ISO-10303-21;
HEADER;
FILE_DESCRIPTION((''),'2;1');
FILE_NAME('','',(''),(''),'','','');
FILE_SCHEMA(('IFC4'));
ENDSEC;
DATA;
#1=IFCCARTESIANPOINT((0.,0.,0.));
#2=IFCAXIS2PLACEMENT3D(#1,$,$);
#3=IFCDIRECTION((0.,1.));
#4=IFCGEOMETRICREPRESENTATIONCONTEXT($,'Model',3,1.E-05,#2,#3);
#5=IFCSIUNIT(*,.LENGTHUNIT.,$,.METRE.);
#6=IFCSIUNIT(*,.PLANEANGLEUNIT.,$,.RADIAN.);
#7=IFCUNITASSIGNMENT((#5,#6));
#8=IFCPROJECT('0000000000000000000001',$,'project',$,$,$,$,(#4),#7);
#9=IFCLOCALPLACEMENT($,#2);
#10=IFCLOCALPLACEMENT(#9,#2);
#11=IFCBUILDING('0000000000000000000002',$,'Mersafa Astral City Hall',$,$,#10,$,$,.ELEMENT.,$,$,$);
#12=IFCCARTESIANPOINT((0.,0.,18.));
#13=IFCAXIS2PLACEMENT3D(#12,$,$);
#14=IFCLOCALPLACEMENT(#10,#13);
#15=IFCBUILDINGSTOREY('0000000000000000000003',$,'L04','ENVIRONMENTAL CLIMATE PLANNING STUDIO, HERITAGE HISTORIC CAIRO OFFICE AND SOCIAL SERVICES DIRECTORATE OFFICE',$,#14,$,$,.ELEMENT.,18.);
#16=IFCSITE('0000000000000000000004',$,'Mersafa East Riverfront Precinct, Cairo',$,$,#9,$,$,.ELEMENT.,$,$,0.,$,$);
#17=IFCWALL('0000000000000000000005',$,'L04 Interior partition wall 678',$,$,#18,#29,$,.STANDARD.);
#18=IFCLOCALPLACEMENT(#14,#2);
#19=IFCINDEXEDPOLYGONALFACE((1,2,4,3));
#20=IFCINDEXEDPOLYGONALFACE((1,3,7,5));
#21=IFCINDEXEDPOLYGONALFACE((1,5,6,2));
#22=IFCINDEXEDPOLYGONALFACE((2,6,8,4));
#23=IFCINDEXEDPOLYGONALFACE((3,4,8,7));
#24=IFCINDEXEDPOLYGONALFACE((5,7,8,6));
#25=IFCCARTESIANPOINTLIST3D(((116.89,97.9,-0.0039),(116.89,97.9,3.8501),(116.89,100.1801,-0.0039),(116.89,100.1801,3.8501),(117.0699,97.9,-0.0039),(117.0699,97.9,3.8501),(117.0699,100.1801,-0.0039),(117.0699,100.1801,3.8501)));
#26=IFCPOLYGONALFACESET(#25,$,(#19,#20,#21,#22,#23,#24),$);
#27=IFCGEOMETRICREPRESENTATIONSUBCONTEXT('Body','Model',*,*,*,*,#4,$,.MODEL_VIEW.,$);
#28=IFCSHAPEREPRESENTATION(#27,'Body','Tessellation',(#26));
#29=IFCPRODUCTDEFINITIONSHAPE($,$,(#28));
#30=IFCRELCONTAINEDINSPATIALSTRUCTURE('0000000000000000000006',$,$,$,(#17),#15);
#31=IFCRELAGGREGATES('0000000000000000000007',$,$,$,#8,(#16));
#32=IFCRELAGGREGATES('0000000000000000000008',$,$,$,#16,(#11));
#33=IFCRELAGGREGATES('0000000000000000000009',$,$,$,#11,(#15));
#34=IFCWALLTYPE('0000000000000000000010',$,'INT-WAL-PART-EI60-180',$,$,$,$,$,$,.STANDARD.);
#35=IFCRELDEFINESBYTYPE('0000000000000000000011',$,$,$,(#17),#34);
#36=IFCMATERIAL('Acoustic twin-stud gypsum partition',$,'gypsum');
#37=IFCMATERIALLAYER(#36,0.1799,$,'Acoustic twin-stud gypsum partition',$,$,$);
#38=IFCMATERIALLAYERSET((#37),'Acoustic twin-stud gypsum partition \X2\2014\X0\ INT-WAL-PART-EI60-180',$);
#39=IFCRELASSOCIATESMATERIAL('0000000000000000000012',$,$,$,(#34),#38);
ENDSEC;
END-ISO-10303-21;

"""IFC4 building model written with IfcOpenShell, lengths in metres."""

from ifc_helpers import new_model, si_unit, direction, frame, frame_2d, origin, place, context, subcontext, project, spatial, rectangle, extrude, material, layer, layer_set, type_object, element, save


model = new_model("IFC4")

# Units and contexts
model_context = context("Model", 3, precision=1e-05, world=origin(), true_north=direction((0.0, 1.0)))
body_context = subcontext(model_context, "Body", "Model", "MODEL_VIEW")
ifc_project = project(units=[si_unit("LENGTHUNIT", "METRE"), si_unit("PLANEANGLEUNIT", "RADIAN")], contexts=[model_context])

# Site, building, storey
site_placement = place(None, origin())
site = spatial("IfcSite", under=ifc_project, at=site_placement, Name="Mersafa East Riverfront Precinct, Cairo", CompositionType="ELEMENT", RefElevation=0.0)
building_placement = place(site_placement, origin())
building = spatial("IfcBuilding", under=site, at=building_placement, Name="Mersafa Astral City Hall", CompositionType="ELEMENT")
storey_placement = place(building_placement, frame((0.0, 0.0, 18.0)))
storey = spatial("IfcBuildingStorey", under=building, at=storey_placement, Name="L04", Description="ENVIRONMENTAL CLIMATE PLANNING STUDIO, HERITAGE HISTORIC CAIRO OFFICE AND SOCIAL SERVICES DIRECTORATE OFFICE", CompositionType="ELEMENT", Elevation=18.0)

# Wall
ifc_material_1 = material(Name="Acoustic twin-stud gypsum partition", Category="gypsum")
ifc_layer_1 = layer(ifc_material_1, 0.1799, Name="Acoustic twin-stud gypsum partition")
ifc_layer_set_1 = layer_set([ifc_layer_1], Name="Acoustic twin-stud gypsum partition — INT-WAL-PART-EI60-180")
wall_type_1 = type_object("IfcWallType", Name="INT-WAL-PART-EI60-180", PredefinedType="STANDARD", material=ifc_layer_set_1)
wall_1_placement = place(storey_placement, frame((116.98, 97.8999, -0.0039), z_axis=(0.0, 0.0, 1.0), x_axis=(0.0, 1.0, 0.0)))
element("IfcWall", 1, at=wall_1_placement, inside=storey, type_object=wall_type_1, Name="L04 Interior partition wall 678", PredefinedType="STANDARD", context=body_context, shape_type="SweptSolid", body=[
    extrude(rectangle(XDim=2.28, YDim=0.1799, at=frame_2d((1.1401, 0.0))), origin(), (0.0, 0.0, 1.0), 3.854),
])

save(model, "model.ifc")
